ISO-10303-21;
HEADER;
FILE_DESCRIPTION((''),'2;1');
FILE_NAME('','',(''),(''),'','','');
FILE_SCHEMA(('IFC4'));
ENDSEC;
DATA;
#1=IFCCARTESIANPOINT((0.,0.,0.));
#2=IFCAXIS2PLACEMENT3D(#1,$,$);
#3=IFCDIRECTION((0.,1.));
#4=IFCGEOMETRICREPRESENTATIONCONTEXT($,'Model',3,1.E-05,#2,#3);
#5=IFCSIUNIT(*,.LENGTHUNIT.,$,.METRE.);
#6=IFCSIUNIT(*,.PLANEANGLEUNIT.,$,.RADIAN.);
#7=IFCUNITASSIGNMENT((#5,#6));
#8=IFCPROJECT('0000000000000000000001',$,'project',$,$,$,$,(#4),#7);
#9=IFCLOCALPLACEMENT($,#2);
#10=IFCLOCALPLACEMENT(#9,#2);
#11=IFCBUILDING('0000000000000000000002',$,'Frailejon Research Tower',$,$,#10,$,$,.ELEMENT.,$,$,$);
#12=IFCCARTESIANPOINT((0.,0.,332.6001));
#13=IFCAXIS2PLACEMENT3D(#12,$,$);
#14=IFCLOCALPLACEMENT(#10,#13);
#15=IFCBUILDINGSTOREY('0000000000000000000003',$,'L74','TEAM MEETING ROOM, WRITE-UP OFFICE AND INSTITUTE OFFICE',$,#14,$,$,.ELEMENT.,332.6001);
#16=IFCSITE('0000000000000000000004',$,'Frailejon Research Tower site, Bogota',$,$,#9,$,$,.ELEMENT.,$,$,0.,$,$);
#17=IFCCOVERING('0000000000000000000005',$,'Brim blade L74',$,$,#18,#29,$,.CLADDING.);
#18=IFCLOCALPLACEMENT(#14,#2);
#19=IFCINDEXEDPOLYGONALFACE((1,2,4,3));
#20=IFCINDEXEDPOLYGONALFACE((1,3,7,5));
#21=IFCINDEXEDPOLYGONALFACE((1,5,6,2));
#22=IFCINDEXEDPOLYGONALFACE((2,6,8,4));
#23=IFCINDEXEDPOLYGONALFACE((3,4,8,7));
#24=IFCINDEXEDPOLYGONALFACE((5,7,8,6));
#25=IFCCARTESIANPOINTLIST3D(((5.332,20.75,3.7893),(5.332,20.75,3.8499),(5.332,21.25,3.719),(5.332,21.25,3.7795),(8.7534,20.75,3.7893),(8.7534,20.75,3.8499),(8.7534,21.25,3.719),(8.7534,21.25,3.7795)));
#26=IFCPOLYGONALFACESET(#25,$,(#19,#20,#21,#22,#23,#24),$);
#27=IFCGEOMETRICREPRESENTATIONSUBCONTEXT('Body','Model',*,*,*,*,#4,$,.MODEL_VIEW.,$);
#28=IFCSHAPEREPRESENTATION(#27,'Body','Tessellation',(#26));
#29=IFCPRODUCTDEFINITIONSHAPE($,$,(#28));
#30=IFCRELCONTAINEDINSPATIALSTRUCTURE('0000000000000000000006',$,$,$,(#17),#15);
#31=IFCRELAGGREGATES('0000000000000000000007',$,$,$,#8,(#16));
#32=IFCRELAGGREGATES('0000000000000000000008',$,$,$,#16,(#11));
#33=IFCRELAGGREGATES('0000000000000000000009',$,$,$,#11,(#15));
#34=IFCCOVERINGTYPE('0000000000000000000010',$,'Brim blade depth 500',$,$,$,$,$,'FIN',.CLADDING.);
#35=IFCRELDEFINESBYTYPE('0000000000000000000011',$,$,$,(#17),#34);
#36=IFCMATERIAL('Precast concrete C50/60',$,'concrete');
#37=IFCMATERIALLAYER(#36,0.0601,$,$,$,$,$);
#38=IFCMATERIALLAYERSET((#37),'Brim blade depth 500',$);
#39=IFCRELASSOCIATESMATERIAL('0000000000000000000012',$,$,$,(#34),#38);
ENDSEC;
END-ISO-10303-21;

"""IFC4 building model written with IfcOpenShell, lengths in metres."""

from ifc_helpers import new_model, si_unit, direction, frame, origin, place, context, subcontext, project, spatial, polyline, outline, extrude, material, layer, layer_set, type_object, element, save


model = new_model("IFC4")

# Units and contexts
model_context = context("Model", 3, precision=1e-05, world=origin(), true_north=direction((0.0, 1.0)))
body_context = subcontext(model_context, "Body", "Model", "MODEL_VIEW")
ifc_project = project(units=[si_unit("LENGTHUNIT", "METRE"), si_unit("PLANEANGLEUNIT", "RADIAN")], contexts=[model_context])

# Site, building, storey
site_placement = place(None, origin())
site = spatial("IfcSite", under=ifc_project, at=site_placement, Name="Frailejon Research Tower site, Bogota", CompositionType="ELEMENT", RefElevation=0.0)
building_placement = place(site_placement, origin())
building = spatial("IfcBuilding", under=site, at=building_placement, Name="Frailejon Research Tower", CompositionType="ELEMENT")
storey_placement = place(building_placement, frame((0.0, 0.0, 332.6001)))
storey = spatial("IfcBuildingStorey", under=building, at=storey_placement, Name="L74", Description="TEAM MEETING ROOM, WRITE-UP OFFICE AND INSTITUTE OFFICE", CompositionType="ELEMENT", Elevation=332.6001)

# Covering
ifc_material_1 = material(Name="Precast concrete C50/60", Category="concrete")
ifc_layer_1 = layer(ifc_material_1, 0.0601)
ifc_layer_set_1 = layer_set([ifc_layer_1], Name="Brim blade depth 500")
covering_type_1 = type_object("IfcCoveringType", Name="Brim blade depth 500", ElementType="FIN", PredefinedType="CLADDING", material=ifc_layer_set_1)
covering_1_placement = place(storey_placement, frame((5.332, 20.75, 3.8499), z_axis=(1.0, 0.0, 0.0), x_axis=(0.0, 1.0, 0.0)))
element("IfcCovering", 1, at=covering_1_placement, inside=storey, type_object=covering_type_1, Name="Brim blade L74", PredefinedType="CLADDING", context=body_context, shape_type="SweptSolid", body=[
    extrude(outline(polyline([(0.0, -0.0605), (0.5, -0.1309), (0.5, -0.0703), (0.0, 0.0), (0.0, -0.0605)])), origin(), (0.0, 0.0, 1.0), 3.4214),
])

save(model, "model.ifc")
